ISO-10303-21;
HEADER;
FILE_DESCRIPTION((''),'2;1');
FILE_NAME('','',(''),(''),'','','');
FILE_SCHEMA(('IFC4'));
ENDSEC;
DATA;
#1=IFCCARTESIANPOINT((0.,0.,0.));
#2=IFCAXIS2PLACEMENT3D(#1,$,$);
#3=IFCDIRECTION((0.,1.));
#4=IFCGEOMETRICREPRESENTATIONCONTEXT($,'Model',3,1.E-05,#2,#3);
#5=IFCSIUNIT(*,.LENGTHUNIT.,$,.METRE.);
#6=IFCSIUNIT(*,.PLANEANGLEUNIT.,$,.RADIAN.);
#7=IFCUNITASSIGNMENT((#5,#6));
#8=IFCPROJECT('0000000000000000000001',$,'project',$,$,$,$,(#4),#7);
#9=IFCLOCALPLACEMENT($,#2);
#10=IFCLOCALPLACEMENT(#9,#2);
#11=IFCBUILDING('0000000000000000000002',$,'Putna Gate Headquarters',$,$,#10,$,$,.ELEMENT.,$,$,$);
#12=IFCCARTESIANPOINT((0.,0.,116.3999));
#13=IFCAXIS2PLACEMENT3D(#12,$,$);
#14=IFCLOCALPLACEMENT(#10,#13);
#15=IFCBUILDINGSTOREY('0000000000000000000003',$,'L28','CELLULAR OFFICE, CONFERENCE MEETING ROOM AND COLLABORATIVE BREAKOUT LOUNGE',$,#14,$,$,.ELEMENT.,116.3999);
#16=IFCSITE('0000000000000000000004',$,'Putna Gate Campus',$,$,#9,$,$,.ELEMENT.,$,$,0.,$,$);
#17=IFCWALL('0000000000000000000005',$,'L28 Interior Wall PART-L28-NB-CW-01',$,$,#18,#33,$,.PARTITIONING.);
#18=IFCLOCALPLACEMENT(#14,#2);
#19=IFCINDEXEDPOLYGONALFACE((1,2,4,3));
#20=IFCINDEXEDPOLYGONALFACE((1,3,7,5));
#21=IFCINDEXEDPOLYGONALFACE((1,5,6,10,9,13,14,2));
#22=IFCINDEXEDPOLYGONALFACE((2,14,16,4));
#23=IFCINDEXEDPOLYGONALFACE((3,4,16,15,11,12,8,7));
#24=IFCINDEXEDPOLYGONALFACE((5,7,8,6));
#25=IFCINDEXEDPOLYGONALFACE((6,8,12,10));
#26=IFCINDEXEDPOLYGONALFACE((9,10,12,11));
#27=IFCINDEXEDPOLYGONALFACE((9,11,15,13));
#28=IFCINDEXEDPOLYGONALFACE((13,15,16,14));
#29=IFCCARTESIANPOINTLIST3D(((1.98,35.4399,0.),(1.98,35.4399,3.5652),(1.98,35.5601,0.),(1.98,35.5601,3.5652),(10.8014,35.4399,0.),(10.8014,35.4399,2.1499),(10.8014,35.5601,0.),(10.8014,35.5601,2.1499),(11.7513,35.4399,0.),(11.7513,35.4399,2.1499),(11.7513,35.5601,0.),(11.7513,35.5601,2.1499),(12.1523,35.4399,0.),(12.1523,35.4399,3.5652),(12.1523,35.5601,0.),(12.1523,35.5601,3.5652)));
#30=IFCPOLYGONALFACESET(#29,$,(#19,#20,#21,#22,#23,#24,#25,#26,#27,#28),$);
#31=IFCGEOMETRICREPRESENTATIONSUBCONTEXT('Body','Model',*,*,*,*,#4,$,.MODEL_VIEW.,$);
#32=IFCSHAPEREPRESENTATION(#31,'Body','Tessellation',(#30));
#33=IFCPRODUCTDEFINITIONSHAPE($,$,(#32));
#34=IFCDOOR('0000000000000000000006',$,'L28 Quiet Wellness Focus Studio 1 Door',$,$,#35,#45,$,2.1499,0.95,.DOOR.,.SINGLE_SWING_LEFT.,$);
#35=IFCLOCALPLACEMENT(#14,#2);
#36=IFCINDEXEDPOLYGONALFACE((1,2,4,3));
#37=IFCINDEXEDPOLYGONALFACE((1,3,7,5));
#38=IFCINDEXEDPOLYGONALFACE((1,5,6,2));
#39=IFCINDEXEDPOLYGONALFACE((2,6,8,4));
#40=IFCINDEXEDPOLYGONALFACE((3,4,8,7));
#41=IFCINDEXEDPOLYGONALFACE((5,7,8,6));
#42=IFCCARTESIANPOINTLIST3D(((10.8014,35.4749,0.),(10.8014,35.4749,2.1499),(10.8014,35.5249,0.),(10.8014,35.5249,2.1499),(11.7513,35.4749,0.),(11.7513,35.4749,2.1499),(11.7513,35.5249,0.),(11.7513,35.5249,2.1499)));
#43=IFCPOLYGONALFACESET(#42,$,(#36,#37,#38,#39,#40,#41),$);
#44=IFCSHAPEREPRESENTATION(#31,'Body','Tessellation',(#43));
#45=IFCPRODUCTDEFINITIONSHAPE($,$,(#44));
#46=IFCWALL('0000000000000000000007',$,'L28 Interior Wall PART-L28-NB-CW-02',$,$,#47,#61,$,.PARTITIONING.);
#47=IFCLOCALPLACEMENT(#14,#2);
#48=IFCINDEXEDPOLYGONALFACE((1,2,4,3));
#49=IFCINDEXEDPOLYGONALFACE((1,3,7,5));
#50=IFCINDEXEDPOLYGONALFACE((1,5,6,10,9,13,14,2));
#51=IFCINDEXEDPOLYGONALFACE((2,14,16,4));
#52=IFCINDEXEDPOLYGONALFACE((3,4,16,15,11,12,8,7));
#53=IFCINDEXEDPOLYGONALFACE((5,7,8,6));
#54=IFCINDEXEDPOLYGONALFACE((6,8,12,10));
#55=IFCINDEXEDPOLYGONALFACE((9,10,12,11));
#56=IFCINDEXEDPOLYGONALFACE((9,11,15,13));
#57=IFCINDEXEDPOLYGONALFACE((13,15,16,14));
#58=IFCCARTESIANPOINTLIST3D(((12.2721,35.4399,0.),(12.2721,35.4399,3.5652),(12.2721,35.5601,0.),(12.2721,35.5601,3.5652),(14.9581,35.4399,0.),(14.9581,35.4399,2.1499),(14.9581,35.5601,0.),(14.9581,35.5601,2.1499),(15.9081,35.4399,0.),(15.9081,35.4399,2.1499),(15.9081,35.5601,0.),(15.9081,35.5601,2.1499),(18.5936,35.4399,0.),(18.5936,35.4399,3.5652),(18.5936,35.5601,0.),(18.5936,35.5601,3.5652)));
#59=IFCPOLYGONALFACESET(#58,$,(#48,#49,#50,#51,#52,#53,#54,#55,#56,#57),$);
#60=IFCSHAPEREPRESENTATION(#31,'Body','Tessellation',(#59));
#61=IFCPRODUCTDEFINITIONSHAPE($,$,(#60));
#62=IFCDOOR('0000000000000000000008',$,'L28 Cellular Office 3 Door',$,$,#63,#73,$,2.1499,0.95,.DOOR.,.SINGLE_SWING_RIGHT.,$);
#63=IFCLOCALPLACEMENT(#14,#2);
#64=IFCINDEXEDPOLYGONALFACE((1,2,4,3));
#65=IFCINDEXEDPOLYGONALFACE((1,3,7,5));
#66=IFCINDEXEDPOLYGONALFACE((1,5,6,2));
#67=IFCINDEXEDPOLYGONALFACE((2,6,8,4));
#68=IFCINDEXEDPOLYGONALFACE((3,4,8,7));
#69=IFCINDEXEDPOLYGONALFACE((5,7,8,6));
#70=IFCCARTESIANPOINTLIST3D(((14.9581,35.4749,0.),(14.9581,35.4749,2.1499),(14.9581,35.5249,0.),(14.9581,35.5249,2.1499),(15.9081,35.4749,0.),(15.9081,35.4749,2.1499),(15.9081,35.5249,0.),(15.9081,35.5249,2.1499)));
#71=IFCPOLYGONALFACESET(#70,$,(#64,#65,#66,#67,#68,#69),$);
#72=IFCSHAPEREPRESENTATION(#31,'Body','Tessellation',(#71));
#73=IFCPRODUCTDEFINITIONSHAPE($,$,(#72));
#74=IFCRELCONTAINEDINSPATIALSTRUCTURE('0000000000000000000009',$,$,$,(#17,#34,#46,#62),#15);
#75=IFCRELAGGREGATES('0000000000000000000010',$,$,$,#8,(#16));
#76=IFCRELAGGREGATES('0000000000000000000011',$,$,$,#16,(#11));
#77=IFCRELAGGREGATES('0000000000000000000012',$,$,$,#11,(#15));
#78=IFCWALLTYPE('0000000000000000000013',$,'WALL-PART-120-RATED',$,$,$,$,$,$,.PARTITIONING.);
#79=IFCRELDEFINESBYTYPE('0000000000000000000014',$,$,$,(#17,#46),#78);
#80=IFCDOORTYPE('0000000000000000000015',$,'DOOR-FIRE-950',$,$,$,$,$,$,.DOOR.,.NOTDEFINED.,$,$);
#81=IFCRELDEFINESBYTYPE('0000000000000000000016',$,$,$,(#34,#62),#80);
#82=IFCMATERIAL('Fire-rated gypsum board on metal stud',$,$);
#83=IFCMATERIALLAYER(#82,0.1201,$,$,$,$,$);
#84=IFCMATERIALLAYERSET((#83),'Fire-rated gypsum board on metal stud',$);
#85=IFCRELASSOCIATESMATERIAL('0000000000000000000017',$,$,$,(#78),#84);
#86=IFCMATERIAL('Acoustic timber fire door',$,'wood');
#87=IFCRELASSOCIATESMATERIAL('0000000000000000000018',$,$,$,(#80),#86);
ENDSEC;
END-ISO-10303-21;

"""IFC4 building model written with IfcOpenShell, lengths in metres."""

from ifc_helpers import new_model, si_unit, direction, frame, frame_2d, origin, place, context, subcontext, project, spatial, rectangle, extrude, material, layer, layer_set, type_object, element, fill, save


model = new_model("IFC4")

# Units and contexts
model_context = context("Model", 3, precision=1e-05, world=origin(), true_north=direction((0.0, 1.0)))
body_context = subcontext(model_context, "Body", "Model", "MODEL_VIEW")
ifc_project = project(units=[si_unit("LENGTHUNIT", "METRE"), si_unit("PLANEANGLEUNIT", "RADIAN")], contexts=[model_context])

# Site, building, storey
site_placement = place(None, origin())
site = spatial("IfcSite", under=ifc_project, at=site_placement, Name="Putna Gate Campus", CompositionType="ELEMENT", RefElevation=0.0)
building_placement = place(site_placement, origin())
building = spatial("IfcBuilding", under=site, at=building_placement, Name="Putna Gate Headquarters", CompositionType="ELEMENT")
storey_placement = place(building_placement, frame((0.0, 0.0, 116.3999)))
storey = spatial("IfcBuildingStorey", under=building, at=storey_placement, Name="L28", Description="CELLULAR OFFICE, CONFERENCE MEETING ROOM AND COLLABORATIVE BREAKOUT LOUNGE", CompositionType="ELEMENT", Elevation=116.3999)

# Walls, openings, doors
ifc_material_1 = material(Name="Fire-rated gypsum board on metal stud")
ifc_layer_1 = layer(ifc_material_1, 0.1201)
ifc_layer_set_1 = layer_set([ifc_layer_1], Name="Fire-rated gypsum board on metal stud")
wall_type_1 = type_object("IfcWallType", Name="WALL-PART-120-RATED", PredefinedType="PARTITIONING", material=ifc_layer_set_1)
wall_1_placement = place(storey_placement, frame((1.98, 35.5, 0.0), z_axis=(0.0, 0.0, 1.0), x_axis=(1.0, 0.0, 0.0)))
wall_1 = element("IfcWall", 1, at=wall_1_placement, inside=storey, type_object=wall_type_1, Name="L28 Interior Wall PART-L28-NB-CW-01", PredefinedType="PARTITIONING", context=body_context, shape_type="SweptSolid", body=[
    extrude(rectangle(XDim=10.1724, YDim=0.1201, at=frame_2d((5.0862, 0.0))), origin(), (0.0, 0.0, 1.0), 3.5652),
])
opening_1_placement = place(wall_1_placement, frame((8.8213, 0.0, 0.0)))
opening_1 = element("IfcOpeningElement", 2, at=opening_1_placement, cuts=wall_1, PredefinedType="OPENING", context=body_context, shape_type="SweptSolid", body=[
    extrude(rectangle(XDim=0.95, YDim=2.1499, at=frame_2d((0.4751, 1.075))), frame((0.0, 0.0701, 0.0), z_axis=(0.0, -1.0, 0.0), x_axis=(1.0, 0.0, 0.0)), (0.0, 0.0, 1.0), 0.1401),
])
ifc_material_2 = material(Name="Acoustic timber fire door", Category="wood")
door_type_1 = type_object("IfcDoorType", Name="DOOR-FIRE-950", OperationType="NOTDEFINED", PredefinedType="DOOR", material=ifc_material_2)
door_1_placement = place(opening_1_placement, origin())
door_1 = element("IfcDoor", 3, at=door_1_placement, inside=storey, type_object=door_type_1, Name="L28 Quiet Wellness Focus Studio 1 Door", OperationType="SINGLE_SWING_LEFT", OverallHeight=2.1499, OverallWidth=0.95, PredefinedType="DOOR", context=body_context, shape_type="SweptSolid", body=[
    extrude(rectangle(XDim=0.95, YDim=2.1499, at=frame_2d((0.4751, 1.075))), frame((0.0, 0.0249, 0.0), z_axis=(0.0, -1.0, 0.0), x_axis=(1.0, 0.0, 0.0)), (0.0, 0.0, 1.0), 0.05),
])
fill(opening_1, door_1)
wall_2_placement = place(storey_placement, frame((12.2722, 35.5, 0.0), z_axis=(0.0, 0.0, 1.0), x_axis=(1.0, 0.0, 0.0)))
wall_2 = element("IfcWall", 4, at=wall_2_placement, inside=storey, type_object=wall_type_1, Name="L28 Interior Wall PART-L28-NB-CW-02", PredefinedType="PARTITIONING", context=body_context, shape_type="SweptSolid", body=[
    extrude(rectangle(XDim=6.3215, YDim=0.1201, at=frame_2d((3.1606, 0.0))), origin(), (0.0, 0.0, 1.0), 3.5652),
])
opening_2_placement = place(wall_2_placement, frame((2.6858, 0.0, 0.0)))
opening_2 = element("IfcOpeningElement", 5, at=opening_2_placement, cuts=wall_2, PredefinedType="OPENING", context=body_context, shape_type="SweptSolid", body=[
    extrude(rectangle(XDim=0.95, YDim=2.1499, at=frame_2d((0.4751, 1.075))), frame((0.0, 0.0701, 0.0), z_axis=(0.0, -1.0, 0.0), x_axis=(1.0, 0.0, 0.0)), (0.0, 0.0, 1.0), 0.1401),
])
door_2_placement = place(opening_2_placement, origin())
door_2 = element("IfcDoor", 6, at=door_2_placement, inside=storey, type_object=door_type_1, Name="L28 Cellular Office 3 Door", OperationType="SINGLE_SWING_RIGHT", OverallHeight=2.1499, OverallWidth=0.95, PredefinedType="DOOR", context=body_context, shape_type="SweptSolid", body=[
    extrude(rectangle(XDim=0.95, YDim=2.1499, at=frame_2d((0.4751, 1.075))), frame((0.0, 0.0249, 0.0), z_axis=(0.0, -1.0, 0.0), x_axis=(1.0, 0.0, 0.0)), (0.0, 0.0, 1.0), 0.05),
])
fill(opening_2, door_2)

save(model, "model.ifc")
